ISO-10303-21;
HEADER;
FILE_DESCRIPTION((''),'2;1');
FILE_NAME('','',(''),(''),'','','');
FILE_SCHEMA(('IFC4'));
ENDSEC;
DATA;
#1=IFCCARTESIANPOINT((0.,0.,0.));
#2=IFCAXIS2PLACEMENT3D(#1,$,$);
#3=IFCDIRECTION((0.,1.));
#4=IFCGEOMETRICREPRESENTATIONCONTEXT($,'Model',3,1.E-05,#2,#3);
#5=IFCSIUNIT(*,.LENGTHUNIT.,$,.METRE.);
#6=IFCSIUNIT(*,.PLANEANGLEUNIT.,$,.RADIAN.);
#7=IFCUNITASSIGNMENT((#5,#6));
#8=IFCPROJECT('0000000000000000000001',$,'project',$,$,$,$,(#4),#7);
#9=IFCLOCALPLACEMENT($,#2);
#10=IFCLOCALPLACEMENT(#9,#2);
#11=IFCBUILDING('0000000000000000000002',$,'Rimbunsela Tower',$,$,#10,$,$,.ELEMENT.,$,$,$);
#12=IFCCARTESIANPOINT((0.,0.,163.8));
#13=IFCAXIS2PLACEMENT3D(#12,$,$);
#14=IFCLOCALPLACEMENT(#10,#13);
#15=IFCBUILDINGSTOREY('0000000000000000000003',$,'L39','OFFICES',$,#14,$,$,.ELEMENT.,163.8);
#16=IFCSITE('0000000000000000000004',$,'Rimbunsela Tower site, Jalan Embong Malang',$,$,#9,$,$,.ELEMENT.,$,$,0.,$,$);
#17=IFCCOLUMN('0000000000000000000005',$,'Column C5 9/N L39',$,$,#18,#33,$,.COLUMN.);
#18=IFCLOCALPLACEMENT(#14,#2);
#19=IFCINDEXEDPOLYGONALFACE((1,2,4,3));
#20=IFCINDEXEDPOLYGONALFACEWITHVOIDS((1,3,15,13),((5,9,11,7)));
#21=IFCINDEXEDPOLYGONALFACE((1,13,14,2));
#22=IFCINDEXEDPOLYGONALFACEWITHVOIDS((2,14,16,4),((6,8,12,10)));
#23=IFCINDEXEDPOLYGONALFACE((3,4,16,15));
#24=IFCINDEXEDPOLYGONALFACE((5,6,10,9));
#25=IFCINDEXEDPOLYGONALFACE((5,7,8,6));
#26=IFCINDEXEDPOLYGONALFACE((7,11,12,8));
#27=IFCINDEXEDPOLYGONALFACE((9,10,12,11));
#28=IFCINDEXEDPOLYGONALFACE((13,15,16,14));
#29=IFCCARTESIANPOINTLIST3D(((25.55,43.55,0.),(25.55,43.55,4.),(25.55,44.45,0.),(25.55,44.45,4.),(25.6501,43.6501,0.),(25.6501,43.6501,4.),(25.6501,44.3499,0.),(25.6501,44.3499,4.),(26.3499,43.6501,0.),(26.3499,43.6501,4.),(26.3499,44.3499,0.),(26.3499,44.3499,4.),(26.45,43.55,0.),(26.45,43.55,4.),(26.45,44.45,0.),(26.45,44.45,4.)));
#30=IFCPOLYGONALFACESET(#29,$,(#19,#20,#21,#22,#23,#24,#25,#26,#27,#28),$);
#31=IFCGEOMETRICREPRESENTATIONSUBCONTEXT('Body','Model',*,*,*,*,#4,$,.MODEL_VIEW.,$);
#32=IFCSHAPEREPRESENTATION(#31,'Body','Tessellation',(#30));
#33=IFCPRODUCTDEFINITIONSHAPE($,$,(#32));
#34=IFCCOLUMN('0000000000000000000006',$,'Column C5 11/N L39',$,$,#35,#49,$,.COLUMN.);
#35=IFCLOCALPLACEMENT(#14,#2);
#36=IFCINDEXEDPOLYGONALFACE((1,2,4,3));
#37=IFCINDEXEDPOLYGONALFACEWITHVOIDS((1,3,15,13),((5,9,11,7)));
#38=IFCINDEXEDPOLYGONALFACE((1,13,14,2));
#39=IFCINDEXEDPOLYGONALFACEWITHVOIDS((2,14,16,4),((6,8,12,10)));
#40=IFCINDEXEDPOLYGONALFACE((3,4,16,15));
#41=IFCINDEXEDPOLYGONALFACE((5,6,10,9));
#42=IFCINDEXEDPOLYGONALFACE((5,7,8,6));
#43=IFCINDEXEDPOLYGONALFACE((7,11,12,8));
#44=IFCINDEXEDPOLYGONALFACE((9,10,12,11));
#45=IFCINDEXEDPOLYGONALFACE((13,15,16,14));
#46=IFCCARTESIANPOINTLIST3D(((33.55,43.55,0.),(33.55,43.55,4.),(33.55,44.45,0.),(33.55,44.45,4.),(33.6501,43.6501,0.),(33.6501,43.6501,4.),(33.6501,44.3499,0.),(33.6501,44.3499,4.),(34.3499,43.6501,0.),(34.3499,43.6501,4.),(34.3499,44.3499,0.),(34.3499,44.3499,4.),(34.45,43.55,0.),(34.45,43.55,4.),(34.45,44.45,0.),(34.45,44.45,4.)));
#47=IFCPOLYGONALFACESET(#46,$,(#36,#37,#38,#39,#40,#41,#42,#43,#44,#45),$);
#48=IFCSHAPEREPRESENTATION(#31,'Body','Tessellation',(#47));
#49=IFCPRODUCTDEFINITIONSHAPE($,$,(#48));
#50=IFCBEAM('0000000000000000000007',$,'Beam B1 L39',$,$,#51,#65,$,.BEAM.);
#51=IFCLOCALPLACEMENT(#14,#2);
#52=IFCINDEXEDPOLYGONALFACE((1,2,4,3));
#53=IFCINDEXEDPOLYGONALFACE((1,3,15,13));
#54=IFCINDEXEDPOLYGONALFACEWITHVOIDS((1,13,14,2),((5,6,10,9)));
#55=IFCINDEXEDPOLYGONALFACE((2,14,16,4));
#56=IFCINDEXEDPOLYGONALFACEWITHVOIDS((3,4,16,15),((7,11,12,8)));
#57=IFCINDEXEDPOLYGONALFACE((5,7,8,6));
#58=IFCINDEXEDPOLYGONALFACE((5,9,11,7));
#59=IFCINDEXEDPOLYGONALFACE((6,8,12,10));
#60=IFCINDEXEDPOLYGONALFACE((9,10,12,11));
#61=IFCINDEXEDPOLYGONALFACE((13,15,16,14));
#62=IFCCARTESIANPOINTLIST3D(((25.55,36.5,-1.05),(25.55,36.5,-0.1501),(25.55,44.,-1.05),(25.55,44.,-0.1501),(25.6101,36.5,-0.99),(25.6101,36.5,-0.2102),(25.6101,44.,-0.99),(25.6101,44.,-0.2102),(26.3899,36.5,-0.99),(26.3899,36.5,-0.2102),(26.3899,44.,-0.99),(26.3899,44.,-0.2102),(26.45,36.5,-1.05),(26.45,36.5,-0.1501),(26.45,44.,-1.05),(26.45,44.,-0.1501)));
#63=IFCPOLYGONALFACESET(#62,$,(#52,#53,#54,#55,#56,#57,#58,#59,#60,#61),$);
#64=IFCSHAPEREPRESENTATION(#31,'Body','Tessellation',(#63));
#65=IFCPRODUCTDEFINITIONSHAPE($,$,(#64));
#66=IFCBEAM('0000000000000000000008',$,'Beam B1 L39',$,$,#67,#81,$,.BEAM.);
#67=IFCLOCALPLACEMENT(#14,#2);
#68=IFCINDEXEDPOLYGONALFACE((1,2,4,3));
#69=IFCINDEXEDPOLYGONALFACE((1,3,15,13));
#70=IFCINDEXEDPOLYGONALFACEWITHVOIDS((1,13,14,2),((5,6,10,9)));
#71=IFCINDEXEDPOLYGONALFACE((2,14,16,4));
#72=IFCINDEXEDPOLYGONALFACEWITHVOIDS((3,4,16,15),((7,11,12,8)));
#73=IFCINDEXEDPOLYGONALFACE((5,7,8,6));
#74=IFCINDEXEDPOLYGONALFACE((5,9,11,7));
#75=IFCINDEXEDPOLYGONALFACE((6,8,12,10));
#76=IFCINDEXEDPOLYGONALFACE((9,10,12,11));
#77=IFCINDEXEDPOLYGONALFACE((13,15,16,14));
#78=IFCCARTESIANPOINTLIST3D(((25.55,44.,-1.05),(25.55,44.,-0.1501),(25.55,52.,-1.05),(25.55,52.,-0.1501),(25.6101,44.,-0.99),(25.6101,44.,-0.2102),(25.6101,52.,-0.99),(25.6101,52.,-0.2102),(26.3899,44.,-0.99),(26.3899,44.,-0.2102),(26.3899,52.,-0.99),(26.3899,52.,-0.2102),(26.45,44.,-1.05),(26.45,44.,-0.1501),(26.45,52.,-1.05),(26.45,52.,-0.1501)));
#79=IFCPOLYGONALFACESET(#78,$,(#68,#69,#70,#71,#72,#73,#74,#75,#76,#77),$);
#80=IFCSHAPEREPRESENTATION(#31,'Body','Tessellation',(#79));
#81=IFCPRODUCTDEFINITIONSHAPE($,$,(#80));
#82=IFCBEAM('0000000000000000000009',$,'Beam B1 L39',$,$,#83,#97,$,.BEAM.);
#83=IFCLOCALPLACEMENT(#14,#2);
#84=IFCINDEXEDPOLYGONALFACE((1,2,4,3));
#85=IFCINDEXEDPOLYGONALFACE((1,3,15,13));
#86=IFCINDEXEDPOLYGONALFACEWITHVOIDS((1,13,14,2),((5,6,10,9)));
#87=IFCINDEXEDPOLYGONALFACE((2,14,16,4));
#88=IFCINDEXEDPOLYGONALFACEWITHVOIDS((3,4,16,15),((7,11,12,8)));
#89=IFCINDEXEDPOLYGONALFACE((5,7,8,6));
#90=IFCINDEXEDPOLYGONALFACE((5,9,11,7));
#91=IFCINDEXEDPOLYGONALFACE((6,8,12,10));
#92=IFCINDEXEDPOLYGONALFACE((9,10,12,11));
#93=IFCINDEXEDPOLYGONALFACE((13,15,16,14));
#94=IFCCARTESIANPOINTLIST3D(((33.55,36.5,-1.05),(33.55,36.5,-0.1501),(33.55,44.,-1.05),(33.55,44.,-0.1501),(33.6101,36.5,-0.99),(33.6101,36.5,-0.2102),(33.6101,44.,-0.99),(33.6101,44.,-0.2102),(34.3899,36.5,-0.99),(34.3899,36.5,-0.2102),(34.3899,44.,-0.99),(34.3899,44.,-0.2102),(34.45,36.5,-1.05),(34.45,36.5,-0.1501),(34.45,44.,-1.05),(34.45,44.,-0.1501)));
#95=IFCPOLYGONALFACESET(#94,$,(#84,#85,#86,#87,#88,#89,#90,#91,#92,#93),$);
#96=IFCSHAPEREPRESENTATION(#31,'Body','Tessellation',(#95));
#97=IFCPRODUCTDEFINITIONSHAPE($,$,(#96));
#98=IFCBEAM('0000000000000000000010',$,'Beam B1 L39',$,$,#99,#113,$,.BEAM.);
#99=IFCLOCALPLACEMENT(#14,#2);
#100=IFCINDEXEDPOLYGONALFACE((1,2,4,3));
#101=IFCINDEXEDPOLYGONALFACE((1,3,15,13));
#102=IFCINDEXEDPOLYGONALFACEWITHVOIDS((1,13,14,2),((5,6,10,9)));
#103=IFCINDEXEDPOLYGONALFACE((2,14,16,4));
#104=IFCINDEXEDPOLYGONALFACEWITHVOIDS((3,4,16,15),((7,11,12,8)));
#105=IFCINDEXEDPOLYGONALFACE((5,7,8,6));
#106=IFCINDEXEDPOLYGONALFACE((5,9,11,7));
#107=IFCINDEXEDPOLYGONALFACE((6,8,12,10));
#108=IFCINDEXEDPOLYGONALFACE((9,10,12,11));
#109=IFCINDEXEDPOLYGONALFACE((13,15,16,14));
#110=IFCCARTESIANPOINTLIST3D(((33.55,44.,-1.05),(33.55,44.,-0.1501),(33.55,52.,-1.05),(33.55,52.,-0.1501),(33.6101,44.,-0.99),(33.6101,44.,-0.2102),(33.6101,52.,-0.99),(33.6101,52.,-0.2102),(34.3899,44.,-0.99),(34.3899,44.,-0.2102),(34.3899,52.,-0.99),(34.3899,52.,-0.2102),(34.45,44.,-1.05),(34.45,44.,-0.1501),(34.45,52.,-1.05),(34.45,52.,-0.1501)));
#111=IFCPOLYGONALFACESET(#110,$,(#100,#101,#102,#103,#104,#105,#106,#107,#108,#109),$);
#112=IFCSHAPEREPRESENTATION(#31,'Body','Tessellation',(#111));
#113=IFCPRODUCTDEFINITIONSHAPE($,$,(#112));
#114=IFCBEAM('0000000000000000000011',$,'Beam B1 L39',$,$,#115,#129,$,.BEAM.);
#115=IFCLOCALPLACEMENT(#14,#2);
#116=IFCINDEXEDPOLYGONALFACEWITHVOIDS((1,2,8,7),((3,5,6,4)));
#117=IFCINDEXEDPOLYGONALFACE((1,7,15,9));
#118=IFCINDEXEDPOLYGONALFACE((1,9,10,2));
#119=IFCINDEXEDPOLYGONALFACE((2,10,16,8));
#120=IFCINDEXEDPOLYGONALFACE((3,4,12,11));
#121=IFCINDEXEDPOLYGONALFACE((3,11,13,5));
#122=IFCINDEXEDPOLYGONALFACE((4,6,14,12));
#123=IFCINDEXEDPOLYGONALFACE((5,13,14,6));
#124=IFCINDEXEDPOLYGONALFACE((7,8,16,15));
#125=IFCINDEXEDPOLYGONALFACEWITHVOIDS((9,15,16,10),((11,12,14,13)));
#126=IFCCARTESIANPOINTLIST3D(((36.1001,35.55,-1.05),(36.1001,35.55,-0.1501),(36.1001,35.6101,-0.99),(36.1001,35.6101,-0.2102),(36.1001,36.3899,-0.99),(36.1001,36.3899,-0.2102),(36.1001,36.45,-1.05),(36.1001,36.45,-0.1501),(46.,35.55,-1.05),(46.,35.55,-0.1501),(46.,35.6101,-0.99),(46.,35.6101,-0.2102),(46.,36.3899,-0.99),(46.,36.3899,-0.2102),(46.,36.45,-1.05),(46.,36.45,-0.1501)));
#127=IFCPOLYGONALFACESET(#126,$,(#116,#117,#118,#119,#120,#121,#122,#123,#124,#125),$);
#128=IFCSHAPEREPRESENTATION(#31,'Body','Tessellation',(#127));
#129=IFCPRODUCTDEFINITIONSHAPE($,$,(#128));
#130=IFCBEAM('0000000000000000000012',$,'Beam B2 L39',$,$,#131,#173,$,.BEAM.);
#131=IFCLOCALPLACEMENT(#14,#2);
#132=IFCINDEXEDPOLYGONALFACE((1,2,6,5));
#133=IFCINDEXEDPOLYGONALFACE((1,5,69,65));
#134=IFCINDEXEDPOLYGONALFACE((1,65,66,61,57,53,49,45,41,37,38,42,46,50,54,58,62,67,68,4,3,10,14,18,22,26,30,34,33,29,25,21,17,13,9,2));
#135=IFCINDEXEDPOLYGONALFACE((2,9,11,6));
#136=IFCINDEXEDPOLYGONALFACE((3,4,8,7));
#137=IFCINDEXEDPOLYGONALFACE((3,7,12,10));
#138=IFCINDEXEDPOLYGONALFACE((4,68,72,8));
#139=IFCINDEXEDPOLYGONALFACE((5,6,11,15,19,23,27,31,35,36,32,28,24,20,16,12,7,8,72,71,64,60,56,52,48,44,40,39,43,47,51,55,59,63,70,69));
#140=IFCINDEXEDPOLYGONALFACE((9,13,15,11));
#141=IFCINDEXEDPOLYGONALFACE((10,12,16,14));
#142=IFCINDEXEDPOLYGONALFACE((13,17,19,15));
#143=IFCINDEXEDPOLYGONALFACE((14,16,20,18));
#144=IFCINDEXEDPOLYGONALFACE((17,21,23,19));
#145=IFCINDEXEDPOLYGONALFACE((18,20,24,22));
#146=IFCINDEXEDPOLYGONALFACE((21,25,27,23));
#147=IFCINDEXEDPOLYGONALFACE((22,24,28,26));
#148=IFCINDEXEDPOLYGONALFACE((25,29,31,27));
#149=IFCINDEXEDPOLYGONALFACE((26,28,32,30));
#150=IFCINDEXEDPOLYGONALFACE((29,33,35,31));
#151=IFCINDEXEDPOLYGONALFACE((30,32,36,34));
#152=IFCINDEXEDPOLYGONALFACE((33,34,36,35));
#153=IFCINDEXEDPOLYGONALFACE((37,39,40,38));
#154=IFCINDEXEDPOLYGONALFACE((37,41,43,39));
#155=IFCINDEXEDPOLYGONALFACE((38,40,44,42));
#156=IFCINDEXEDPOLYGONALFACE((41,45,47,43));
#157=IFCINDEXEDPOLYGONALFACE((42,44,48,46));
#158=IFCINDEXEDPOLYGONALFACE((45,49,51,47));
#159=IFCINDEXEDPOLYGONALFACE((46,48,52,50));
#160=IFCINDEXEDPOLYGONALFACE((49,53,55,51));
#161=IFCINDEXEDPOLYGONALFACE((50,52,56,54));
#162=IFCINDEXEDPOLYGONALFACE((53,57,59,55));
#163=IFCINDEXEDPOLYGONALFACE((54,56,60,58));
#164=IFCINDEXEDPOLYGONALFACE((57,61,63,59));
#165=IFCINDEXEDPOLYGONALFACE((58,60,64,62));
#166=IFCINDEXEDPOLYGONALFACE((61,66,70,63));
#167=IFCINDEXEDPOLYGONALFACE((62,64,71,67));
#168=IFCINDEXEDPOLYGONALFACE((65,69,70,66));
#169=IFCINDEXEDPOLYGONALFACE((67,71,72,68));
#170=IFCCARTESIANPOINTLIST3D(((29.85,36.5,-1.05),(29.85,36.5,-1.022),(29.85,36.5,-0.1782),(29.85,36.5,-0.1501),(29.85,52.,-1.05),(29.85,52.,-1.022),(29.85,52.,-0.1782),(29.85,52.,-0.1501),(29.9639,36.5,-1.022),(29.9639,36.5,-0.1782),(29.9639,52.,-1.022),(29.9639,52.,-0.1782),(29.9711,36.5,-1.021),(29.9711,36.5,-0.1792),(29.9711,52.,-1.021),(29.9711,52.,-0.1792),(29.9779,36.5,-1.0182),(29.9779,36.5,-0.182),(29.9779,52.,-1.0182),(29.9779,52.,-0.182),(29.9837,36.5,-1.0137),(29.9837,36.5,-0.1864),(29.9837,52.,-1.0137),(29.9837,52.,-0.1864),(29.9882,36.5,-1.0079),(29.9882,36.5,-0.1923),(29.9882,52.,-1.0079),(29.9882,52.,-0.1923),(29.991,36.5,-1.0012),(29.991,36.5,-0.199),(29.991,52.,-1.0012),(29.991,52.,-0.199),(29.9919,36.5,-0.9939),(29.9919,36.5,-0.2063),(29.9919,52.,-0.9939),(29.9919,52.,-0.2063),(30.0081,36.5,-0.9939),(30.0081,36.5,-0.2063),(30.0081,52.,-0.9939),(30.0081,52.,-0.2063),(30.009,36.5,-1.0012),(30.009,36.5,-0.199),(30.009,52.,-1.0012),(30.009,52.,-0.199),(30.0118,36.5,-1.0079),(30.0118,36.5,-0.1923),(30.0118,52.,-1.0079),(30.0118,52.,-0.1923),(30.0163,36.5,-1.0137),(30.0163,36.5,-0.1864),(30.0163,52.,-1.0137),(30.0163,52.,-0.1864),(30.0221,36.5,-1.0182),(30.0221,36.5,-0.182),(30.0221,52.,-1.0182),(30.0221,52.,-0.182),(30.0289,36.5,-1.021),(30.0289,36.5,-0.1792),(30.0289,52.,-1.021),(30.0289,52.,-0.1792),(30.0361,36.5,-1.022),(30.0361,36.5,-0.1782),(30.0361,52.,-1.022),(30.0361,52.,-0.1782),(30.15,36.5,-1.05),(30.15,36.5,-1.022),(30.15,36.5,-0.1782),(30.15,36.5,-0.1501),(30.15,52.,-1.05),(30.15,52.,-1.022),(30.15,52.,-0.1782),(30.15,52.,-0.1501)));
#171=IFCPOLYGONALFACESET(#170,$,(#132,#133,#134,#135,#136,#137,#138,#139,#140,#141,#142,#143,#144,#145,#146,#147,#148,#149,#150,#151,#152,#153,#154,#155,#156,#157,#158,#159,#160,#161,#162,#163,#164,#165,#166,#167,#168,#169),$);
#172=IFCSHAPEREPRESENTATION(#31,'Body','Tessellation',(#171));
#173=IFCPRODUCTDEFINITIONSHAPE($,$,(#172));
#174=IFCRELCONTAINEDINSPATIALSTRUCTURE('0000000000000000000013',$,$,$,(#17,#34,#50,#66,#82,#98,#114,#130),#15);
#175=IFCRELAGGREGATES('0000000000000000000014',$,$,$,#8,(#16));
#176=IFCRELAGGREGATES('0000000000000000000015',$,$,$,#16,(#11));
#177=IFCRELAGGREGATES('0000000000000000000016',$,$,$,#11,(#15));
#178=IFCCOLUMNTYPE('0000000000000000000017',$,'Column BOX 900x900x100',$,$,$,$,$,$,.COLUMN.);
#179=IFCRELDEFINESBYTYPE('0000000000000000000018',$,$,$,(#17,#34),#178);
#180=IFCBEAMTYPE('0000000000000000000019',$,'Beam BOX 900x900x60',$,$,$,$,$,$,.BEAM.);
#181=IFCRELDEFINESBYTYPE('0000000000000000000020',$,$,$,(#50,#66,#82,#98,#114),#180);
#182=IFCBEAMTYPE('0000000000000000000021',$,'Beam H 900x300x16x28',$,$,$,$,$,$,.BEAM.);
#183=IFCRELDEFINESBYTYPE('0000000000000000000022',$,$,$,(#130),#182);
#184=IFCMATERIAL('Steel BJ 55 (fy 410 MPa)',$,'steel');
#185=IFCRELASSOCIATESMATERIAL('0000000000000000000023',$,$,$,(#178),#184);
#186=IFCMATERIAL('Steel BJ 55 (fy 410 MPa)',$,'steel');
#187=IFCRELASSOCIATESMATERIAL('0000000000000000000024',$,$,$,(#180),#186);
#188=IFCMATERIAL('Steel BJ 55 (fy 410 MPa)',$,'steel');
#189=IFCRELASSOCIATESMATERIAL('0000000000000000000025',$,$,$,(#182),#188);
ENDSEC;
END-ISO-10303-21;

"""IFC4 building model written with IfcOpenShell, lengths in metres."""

from ifc_helpers import new_model, si_unit, direction, frame, origin, origin_2d, place, context, subcontext, project, spatial, hollow_rectangle, i_section, extrude, material, material_profile, profile_set, type_object, element, save


model = new_model("IFC4")

# Units and contexts
model_context = context("Model", 3, precision=1e-05, world=origin(), true_north=direction((0.0, 1.0)))
body_context = subcontext(model_context, "Body", "Model", "MODEL_VIEW")
ifc_project = project(units=[si_unit("LENGTHUNIT", "METRE"), si_unit("PLANEANGLEUNIT", "RADIAN")], contexts=[model_context])

# Site, building, storey
site_placement = place(None, origin())
site = spatial("IfcSite", under=ifc_project, at=site_placement, Name="Rimbunsela Tower site, Jalan Embong Malang", CompositionType="ELEMENT", RefElevation=0.0)
building_placement = place(site_placement, origin())
building = spatial("IfcBuilding", under=site, at=building_placement, Name="Rimbunsela Tower", CompositionType="ELEMENT")
storey_placement = place(building_placement, frame((0.0, 0.0, 163.8)))
storey = spatial("IfcBuildingStorey", under=building, at=storey_placement, Name="L39", Description="OFFICES", CompositionType="ELEMENT", Elevation=163.8)

# Columns
ifc_material_1 = material(Name="Steel BJ 55 (fy 410 MPa)", Category="steel")
ifc_material_profile_1 = material_profile(ifc_material_1, hollow_rectangle(XDim=0.8999, YDim=0.8999, WallThickness=0.1001, at=origin_2d()), Name="BOX 900x900x100")
ifc_profile_set_1 = profile_set([ifc_material_profile_1], Name="Steel BJ 55 (fy 410 MPa)")
column_type = type_object("IfcColumnType", Name="Column BOX 900x900x100", PredefinedType="COLUMN", material=ifc_profile_set_1)
for number, where, z_axis, x_axis, name in (
    (1, (26.0, 44.0, 0.0), (0.0, 0.0, 1.0), (1.0, 0.0, 0.0), "Column C5 9/N L39"),
    (2, (34.0, 44.0, 0.0), (0.0, 0.0, 1.0), (1.0, 0.0, 0.0), "Column C5 11/N L39"),
):
    element("IfcColumn", number, at=place(storey_placement, frame(where, z_axis=z_axis, x_axis=x_axis)), inside=storey, type_object=column_type, Name=name, PredefinedType="COLUMN", context=body_context, shape_type="SweptSolid", body=[
        extrude(hollow_rectangle(XDim=0.8999, YDim=0.8999, WallThickness=0.1001, at=origin_2d()), origin(), (0.0, 0.0, 1.0), 4.0),
    ])

# Beams
ifc_material_2 = material(Name="Steel BJ 55 (fy 410 MPa)", Category="steel")
ifc_material_profile_2 = material_profile(ifc_material_2, hollow_rectangle(XDim=0.8999, YDim=0.8999, WallThickness=0.0601, at=origin_2d()), Name="BOX 900x900x60")
ifc_profile_set_2 = profile_set([ifc_material_profile_2], Name="Steel BJ 55 (fy 410 MPa)")
beam_type_1 = type_object("IfcBeamType", Name="Beam BOX 900x900x60", PredefinedType="BEAM", material=ifc_profile_set_2)
beam_1_placement = place(storey_placement, frame((26.0, 36.5, -0.6001), z_axis=(0.0, 1.0, 0.0), x_axis=(-1.0, 0.0, 0.0)))
element("IfcBeam", 3, at=beam_1_placement, inside=storey, type_object=beam_type_1, Name="Beam B1 L39", PredefinedType="BEAM", context=body_context, shape_type="SweptSolid", body=[
    extrude(hollow_rectangle(XDim=0.8999, YDim=0.8999, WallThickness=0.0601, at=origin_2d()), origin(), (0.0, 0.0, 1.0), 7.5),
])
beam_2_placement = place(storey_placement, frame((26.0, 44.0, -0.6001), z_axis=(0.0, 1.0, 0.0), x_axis=(-1.0, 0.0, 0.0)))
element("IfcBeam", 4, at=beam_2_placement, inside=storey, type_object=beam_type_1, Name="Beam B1 L39", PredefinedType="BEAM", context=body_context, shape_type="SweptSolid", body=[
    extrude(hollow_rectangle(XDim=0.8999, YDim=0.8999, WallThickness=0.0601, at=origin_2d()), origin(), (0.0, 0.0, 1.0), 8.0),
])
beam_3_placement = place(storey_placement, frame((34.0, 36.5, -0.6001), z_axis=(0.0, 1.0, 0.0), x_axis=(-1.0, 0.0, 0.0)))
element("IfcBeam", 5, at=beam_3_placement, inside=storey, type_object=beam_type_1, Name="Beam B1 L39", PredefinedType="BEAM", context=body_context, shape_type="SweptSolid", body=[
    extrude(hollow_rectangle(XDim=0.8999, YDim=0.8999, WallThickness=0.0601, at=origin_2d()), origin(), (0.0, 0.0, 1.0), 7.5),
])
beam_4_placement = place(storey_placement, frame((34.0, 44.0, -0.6001), z_axis=(0.0, 1.0, 0.0), x_axis=(-1.0, 0.0, 0.0)))
element("IfcBeam", 6, at=beam_4_placement, inside=storey, type_object=beam_type_1, Name="Beam B1 L39", PredefinedType="BEAM", context=body_context, shape_type="SweptSolid", body=[
    extrude(hollow_rectangle(XDim=0.8999, YDim=0.8999, WallThickness=0.0601, at=origin_2d()), origin(), (0.0, 0.0, 1.0), 8.0),
])
beam_5_placement = place(storey_placement, frame((36.1001, 36.0, -0.6001), z_axis=(1.0, 0.0, 0.0), x_axis=(0.0, 1.0, 0.0)))
element("IfcBeam", 7, at=beam_5_placement, inside=storey, type_object=beam_type_1, Name="Beam B1 L39", PredefinedType="BEAM", context=body_context, shape_type="SweptSolid", body=[
    extrude(hollow_rectangle(XDim=0.8999, YDim=0.8999, WallThickness=0.0601, at=origin_2d()), origin(), (0.0, 0.0, 1.0), 9.8999),
])
ifc_material_3 = material(Name="Steel BJ 55 (fy 410 MPa)", Category="steel")
ifc_material_profile_3 = material_profile(ifc_material_3, i_section(OverallWidth=0.3, OverallDepth=0.8999, WebThickness=0.0161, FlangeThickness=0.0281, FilletRadius=0.0281, at=origin_2d()), Name="H 900x300x16x28")
ifc_profile_set_3 = profile_set([ifc_material_profile_3], Name="Steel BJ 55 (fy 410 MPa)")
beam_type_2 = type_object("IfcBeamType", Name="Beam H 900x300x16x28", PredefinedType="BEAM", material=ifc_profile_set_3)
beam_6_placement = place(storey_placement, frame((30.0, 36.5, -0.6001), z_axis=(0.0, 1.0, 0.0), x_axis=(-1.0, 0.0, 0.0)))
element("IfcBeam", 8, at=beam_6_placement, inside=storey, type_object=beam_type_2, Name="Beam B2 L39", PredefinedType="BEAM", context=body_context, shape_type="SweptSolid", body=[
    extrude(i_section(OverallWidth=0.3, OverallDepth=0.8999, WebThickness=0.0161, FlangeThickness=0.0281, FilletRadius=0.0281, at=origin_2d()), origin(), (0.0, 0.0, 1.0), 15.5),
])

save(model, "model.ifc")
